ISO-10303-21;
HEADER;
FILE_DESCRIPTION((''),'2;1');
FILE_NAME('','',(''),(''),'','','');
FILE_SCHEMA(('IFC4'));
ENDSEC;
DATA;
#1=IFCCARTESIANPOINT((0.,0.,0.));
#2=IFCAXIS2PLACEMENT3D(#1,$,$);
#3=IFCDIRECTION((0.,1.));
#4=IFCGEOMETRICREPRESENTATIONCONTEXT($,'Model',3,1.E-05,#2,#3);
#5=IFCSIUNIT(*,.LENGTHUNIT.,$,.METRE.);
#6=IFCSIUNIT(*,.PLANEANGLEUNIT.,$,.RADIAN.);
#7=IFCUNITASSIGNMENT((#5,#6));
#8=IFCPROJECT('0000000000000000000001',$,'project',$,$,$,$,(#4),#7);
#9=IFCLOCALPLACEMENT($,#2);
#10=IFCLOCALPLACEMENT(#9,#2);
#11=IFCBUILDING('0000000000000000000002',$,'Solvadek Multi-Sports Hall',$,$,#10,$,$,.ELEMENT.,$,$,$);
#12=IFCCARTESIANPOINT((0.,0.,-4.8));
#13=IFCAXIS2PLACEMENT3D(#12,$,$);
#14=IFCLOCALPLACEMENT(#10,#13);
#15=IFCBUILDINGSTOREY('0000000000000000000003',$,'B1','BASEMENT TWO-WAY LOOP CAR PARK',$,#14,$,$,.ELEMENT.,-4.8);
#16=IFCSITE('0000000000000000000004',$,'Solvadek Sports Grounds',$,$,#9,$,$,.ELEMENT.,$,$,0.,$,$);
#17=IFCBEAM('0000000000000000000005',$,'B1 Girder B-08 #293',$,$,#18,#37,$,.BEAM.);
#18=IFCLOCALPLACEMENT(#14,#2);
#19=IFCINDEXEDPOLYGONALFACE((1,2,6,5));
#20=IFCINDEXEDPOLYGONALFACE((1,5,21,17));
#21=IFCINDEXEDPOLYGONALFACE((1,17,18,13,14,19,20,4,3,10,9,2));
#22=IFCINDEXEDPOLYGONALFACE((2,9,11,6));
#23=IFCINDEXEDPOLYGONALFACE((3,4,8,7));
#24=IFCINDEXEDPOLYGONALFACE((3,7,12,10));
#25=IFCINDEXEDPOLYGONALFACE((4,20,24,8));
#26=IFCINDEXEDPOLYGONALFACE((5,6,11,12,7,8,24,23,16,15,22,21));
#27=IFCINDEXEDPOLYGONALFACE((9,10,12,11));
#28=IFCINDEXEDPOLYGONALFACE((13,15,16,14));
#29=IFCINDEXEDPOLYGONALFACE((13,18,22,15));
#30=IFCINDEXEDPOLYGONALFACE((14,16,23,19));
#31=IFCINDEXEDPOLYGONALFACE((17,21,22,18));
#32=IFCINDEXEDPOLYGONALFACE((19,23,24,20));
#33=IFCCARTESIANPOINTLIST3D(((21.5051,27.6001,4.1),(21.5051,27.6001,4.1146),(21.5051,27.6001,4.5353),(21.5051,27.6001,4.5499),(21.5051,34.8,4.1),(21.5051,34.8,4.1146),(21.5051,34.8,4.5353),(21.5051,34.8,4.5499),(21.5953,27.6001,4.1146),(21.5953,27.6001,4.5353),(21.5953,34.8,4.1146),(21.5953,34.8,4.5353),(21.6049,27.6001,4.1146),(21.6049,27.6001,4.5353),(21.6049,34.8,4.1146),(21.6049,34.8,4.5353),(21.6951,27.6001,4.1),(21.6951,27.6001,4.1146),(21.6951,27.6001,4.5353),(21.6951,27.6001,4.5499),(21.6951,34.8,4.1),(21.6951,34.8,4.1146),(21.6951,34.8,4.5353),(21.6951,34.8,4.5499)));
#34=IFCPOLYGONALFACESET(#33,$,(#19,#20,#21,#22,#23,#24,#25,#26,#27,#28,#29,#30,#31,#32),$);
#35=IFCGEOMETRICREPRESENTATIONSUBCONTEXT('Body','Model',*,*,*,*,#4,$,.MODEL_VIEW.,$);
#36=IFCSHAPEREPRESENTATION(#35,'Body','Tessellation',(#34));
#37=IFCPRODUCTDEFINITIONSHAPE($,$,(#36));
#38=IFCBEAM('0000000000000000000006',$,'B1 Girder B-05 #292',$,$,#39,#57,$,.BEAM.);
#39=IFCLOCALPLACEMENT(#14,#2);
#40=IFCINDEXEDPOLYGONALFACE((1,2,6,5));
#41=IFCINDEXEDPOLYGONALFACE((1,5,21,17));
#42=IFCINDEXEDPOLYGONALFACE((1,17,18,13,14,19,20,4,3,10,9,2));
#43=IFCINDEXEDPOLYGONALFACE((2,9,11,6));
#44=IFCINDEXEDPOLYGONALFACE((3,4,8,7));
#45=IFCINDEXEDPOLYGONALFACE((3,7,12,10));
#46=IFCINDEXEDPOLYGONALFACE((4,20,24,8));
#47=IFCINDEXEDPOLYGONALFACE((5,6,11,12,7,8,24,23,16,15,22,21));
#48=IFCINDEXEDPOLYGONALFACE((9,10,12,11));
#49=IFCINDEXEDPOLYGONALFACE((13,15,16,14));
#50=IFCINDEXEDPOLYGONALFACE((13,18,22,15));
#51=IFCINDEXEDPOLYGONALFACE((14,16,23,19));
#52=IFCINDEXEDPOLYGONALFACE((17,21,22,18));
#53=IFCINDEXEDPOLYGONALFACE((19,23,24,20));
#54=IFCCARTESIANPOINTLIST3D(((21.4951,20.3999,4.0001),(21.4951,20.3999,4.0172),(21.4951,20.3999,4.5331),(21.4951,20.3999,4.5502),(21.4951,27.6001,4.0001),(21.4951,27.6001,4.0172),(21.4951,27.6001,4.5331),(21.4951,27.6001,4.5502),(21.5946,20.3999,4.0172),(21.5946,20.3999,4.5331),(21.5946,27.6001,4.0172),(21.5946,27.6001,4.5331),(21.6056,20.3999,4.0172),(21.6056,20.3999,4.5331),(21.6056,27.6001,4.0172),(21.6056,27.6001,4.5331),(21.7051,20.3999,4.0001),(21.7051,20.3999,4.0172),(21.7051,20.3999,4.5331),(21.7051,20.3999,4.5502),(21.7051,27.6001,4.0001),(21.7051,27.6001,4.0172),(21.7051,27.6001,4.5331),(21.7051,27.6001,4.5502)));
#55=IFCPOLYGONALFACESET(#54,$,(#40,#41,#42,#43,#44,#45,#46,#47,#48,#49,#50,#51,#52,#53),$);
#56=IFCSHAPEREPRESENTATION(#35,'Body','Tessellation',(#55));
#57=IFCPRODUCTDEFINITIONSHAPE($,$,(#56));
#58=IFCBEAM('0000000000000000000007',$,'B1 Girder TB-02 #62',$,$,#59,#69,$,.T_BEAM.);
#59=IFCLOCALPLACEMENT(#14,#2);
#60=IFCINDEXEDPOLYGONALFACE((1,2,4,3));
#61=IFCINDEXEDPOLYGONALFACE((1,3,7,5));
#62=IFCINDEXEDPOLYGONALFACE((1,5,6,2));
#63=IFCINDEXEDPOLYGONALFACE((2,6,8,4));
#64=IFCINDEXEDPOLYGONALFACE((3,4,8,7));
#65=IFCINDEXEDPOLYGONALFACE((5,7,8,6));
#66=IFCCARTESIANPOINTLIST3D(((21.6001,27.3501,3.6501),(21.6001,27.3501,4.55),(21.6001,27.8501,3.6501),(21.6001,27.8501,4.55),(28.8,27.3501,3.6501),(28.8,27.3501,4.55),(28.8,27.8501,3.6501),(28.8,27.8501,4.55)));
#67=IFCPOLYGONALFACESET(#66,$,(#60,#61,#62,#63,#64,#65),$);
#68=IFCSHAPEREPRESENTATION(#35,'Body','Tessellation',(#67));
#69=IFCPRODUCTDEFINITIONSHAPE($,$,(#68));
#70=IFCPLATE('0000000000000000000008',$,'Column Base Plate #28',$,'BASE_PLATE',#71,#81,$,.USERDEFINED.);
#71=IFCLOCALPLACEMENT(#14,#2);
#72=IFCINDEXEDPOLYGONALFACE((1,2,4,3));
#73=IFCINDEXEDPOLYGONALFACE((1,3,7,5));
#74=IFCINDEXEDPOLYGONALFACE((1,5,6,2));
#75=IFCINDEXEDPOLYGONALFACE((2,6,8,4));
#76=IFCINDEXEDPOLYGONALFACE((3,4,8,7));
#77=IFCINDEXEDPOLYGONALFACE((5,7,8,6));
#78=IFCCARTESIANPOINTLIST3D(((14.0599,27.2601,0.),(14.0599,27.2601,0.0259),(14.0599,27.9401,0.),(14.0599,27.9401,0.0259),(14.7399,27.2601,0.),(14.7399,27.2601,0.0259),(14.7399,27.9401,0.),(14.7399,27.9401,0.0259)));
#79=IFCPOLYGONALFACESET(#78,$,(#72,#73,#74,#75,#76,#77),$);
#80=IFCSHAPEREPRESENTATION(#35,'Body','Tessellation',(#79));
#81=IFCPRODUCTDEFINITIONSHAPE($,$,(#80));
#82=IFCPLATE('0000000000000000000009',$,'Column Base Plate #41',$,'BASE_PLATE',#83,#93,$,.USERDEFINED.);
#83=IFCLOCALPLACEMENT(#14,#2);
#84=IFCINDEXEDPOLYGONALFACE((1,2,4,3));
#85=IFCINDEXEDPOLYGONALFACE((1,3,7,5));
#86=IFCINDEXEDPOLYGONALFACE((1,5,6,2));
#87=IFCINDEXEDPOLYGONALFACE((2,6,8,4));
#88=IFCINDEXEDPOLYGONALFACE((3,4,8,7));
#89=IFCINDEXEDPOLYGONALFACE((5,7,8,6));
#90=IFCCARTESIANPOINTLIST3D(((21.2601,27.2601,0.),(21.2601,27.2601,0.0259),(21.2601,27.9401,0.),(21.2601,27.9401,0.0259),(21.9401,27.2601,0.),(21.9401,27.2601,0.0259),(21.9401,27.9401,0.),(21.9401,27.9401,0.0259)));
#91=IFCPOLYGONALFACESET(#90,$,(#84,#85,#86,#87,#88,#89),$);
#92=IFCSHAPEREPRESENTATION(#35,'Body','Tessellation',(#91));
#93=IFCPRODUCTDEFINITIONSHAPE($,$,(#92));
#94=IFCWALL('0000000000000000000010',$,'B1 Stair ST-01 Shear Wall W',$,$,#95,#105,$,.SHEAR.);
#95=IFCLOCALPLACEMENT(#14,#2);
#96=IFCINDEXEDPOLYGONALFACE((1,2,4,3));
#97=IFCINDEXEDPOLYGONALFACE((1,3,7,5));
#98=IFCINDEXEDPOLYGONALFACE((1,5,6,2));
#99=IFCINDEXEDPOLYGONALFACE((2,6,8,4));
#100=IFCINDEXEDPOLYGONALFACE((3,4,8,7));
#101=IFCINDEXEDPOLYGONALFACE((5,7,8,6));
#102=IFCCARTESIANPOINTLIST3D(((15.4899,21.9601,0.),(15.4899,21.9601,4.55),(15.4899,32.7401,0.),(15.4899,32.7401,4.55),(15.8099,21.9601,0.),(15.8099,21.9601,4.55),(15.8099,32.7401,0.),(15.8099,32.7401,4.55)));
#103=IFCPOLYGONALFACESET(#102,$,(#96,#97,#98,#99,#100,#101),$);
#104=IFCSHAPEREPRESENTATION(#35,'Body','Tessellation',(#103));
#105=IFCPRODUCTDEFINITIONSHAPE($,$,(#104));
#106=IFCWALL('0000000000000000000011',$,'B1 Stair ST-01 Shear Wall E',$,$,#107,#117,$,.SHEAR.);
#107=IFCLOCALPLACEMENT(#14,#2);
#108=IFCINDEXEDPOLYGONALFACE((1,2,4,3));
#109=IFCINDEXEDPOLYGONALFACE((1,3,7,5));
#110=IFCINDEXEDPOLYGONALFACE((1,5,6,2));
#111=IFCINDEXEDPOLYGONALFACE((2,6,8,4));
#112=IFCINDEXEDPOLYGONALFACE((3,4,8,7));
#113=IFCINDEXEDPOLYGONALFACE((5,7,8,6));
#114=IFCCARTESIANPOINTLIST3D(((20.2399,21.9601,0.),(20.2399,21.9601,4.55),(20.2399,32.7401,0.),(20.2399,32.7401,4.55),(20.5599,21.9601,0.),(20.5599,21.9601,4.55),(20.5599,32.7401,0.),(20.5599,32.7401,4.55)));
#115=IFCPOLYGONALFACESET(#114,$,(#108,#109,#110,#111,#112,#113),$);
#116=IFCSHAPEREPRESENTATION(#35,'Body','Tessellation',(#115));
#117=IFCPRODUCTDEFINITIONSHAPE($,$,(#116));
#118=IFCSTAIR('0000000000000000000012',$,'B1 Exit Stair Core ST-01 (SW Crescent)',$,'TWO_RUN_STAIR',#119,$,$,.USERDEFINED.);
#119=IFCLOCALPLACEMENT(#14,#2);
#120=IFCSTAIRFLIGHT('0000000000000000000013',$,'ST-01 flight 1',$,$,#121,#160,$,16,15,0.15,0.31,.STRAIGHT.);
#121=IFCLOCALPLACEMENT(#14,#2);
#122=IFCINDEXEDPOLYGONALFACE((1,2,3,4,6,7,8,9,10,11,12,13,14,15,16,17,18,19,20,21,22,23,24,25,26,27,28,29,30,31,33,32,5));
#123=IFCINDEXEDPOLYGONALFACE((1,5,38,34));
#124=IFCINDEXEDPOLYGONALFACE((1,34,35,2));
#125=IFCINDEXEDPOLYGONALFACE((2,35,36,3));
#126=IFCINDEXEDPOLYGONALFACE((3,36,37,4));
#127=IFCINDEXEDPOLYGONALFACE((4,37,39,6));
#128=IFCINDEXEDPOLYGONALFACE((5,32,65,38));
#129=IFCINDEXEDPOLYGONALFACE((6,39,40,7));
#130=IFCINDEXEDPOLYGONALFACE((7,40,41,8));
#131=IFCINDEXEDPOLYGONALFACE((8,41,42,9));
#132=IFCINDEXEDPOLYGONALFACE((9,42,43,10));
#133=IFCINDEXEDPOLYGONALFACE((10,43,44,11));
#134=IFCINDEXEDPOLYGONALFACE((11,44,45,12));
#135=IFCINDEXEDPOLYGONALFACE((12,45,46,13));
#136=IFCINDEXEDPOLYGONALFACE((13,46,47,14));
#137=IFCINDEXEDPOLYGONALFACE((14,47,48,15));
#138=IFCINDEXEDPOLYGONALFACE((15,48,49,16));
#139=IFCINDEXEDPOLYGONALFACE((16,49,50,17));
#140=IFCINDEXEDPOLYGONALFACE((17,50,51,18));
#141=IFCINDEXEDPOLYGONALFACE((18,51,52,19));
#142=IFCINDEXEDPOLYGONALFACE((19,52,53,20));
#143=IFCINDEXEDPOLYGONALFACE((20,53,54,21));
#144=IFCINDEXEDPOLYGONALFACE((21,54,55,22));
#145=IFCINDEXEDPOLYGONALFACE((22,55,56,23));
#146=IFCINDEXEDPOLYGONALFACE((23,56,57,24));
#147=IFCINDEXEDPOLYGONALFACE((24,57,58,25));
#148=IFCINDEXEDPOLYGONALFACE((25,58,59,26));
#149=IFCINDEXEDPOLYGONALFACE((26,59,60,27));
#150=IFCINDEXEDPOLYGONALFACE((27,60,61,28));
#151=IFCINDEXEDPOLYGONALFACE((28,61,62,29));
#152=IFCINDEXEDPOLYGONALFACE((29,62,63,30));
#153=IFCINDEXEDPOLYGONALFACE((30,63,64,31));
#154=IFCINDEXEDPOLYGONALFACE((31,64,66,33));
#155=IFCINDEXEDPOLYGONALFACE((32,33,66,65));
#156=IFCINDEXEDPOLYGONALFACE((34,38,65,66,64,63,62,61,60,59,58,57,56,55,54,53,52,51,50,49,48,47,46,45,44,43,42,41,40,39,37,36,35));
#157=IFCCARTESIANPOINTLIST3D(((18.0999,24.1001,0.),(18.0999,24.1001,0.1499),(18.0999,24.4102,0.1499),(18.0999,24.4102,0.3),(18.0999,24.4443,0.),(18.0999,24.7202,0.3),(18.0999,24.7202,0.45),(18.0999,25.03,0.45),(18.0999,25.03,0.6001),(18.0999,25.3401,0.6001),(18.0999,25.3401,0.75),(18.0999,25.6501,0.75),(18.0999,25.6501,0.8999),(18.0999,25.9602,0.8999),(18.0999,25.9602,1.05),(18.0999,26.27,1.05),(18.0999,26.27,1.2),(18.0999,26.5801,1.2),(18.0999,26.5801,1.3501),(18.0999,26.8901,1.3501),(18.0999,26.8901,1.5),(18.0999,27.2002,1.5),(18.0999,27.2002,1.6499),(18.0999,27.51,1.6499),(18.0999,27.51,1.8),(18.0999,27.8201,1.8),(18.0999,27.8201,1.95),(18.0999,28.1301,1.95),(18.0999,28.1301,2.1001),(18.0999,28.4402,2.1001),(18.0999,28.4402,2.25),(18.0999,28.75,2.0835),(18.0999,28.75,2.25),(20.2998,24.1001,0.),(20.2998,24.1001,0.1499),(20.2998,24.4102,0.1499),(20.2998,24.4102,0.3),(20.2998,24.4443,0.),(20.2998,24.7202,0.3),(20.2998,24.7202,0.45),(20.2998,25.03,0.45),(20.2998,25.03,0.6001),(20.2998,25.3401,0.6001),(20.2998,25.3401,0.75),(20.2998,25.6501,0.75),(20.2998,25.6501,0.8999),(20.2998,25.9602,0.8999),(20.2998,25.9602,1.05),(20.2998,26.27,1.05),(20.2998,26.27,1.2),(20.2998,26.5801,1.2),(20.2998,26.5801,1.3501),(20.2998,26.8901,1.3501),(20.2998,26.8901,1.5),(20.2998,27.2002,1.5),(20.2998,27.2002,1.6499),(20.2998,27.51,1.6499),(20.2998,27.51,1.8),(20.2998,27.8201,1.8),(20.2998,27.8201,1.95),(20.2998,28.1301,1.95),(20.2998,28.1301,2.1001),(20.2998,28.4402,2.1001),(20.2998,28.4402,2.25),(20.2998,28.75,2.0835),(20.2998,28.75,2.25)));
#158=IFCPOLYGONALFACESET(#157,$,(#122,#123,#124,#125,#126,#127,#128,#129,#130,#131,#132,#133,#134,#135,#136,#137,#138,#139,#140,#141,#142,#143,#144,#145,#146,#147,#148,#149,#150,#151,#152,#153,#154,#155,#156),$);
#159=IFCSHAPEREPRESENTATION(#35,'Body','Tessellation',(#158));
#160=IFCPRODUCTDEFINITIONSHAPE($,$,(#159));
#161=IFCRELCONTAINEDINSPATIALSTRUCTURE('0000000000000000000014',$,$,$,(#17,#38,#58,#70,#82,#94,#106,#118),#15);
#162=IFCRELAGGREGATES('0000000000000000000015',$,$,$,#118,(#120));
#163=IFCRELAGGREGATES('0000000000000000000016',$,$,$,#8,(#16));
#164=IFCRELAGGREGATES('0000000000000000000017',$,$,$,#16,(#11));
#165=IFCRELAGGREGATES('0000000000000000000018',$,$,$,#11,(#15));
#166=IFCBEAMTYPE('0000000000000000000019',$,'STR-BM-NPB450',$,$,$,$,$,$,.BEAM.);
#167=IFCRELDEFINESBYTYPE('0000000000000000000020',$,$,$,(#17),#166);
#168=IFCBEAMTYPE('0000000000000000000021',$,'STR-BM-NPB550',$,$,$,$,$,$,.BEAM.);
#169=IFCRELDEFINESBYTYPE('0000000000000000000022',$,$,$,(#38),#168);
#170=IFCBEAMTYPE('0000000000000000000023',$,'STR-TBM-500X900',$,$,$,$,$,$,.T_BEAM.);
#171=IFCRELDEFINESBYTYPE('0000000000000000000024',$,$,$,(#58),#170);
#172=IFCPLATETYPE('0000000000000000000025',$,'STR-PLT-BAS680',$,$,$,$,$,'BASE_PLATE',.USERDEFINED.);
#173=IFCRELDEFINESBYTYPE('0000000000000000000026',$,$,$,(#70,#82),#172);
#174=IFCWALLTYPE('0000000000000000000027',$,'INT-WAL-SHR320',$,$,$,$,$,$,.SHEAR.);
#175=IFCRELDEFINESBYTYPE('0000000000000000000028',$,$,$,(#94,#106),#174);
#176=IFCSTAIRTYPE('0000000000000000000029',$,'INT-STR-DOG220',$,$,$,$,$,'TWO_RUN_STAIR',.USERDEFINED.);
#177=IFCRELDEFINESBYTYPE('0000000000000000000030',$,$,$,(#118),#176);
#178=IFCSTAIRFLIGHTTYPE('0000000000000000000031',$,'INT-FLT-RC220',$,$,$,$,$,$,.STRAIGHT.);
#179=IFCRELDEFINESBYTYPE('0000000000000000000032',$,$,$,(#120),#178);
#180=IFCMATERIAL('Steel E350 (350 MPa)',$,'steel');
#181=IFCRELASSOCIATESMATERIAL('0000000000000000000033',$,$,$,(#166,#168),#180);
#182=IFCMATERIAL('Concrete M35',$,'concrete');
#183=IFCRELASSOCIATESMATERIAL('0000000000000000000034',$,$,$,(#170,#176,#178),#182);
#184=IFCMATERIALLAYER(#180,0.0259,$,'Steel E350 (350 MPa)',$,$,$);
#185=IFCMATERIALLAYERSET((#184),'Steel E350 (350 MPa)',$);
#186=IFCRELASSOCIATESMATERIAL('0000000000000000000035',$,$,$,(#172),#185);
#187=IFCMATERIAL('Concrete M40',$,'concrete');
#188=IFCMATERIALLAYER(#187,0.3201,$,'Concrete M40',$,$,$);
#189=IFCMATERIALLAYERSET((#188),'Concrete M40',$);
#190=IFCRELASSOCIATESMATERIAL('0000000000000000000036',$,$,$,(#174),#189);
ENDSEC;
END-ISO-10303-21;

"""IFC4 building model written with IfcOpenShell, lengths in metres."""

from ifc_helpers import new_model, si_unit, direction, frame, frame_2d, origin, origin_2d, place, context, subcontext, project, spatial, polyline, rectangle, i_section, outline, extrude, material, layer, layer_set, material_profile, profile_set, type_object, element, aggregate, save


model = new_model("IFC4")

# Units and contexts
model_context = context("Model", 3, precision=1e-05, world=origin(), true_north=direction((0.0, 1.0)))
body_context = subcontext(model_context, "Body", "Model", "MODEL_VIEW")
ifc_project = project(units=[si_unit("LENGTHUNIT", "METRE"), si_unit("PLANEANGLEUNIT", "RADIAN")], contexts=[model_context])

# Site, building, storey
site_placement = place(None, origin())
site = spatial("IfcSite", under=ifc_project, at=site_placement, Name="Solvadek Sports Grounds", CompositionType="ELEMENT", RefElevation=0.0)
building_placement = place(site_placement, origin())
building = spatial("IfcBuilding", under=site, at=building_placement, Name="Solvadek Multi-Sports Hall", CompositionType="ELEMENT")
storey_placement = place(building_placement, frame((0.0, 0.0, -4.8)))
storey = spatial("IfcBuildingStorey", under=building, at=storey_placement, Name="B1", Description="BASEMENT TWO-WAY LOOP CAR PARK", CompositionType="ELEMENT", Elevation=-4.8)

# Shared definitions
ifc_material_1 = material(Name="Concrete M40", Category="concrete")

# Shared definitions
ifc_material_2 = material(Name="Concrete M35", Category="concrete")

# Shared definitions
ifc_material_3 = material(Name="Steel E350 (350 MPa)", Category="steel")

# Beams
ifc_material_profile_1 = material_profile(ifc_material_3, i_section(OverallWidth=0.1899, OverallDepth=0.45, WebThickness=0.0095, FlangeThickness=0.0146, at=origin_2d()), Name="NPB 450")
ifc_profile_set_1 = profile_set([ifc_material_profile_1], Name="Steel E350 (350 MPa)")
beam_type_1 = type_object("IfcBeamType", Name="STR-BM-NPB450", PredefinedType="BEAM", material=ifc_profile_set_1)
for number, where, z_axis, x_axis, name in (
    (1, (21.6001, 27.6001, 4.325), (0.0, 1.0, 0.0), (-1.0, 0.0, 0.0), "B1 Girder B-08 #293"),
):
    element("IfcBeam", number, at=place(storey_placement, frame(where, z_axis=z_axis, x_axis=x_axis)), inside=storey, type_object=beam_type_1, Name=name, PredefinedType="BEAM", context=body_context, shape_type="SweptSolid", body=[
        extrude(i_section(OverallWidth=0.1899, OverallDepth=0.45, WebThickness=0.0095, FlangeThickness=0.0146, at=origin_2d()), origin(), (0.0, 0.0, 1.0), 7.2),
    ])
ifc_material_profile_2 = material_profile(ifc_material_3, i_section(OverallWidth=0.21, OverallDepth=0.55, WebThickness=0.011, FlangeThickness=0.0171, at=origin_2d()), Name="NPB 550")
ifc_profile_set_2 = profile_set([ifc_material_profile_2], Name="Steel E350 (350 MPa)")
beam_type_2 = type_object("IfcBeamType", Name="STR-BM-NPB550", PredefinedType="BEAM", material=ifc_profile_set_2)
beam_1_placement = place(storey_placement, frame((21.6001, 20.3999, 4.2751), z_axis=(0.0, 1.0, 0.0), x_axis=(-1.0, 0.0, 0.0)))
element("IfcBeam", 2, at=beam_1_placement, inside=storey, type_object=beam_type_2, Name="B1 Girder B-05 #292", PredefinedType="BEAM", context=body_context, shape_type="SweptSolid", body=[
    extrude(i_section(OverallWidth=0.21, OverallDepth=0.55, WebThickness=0.011, FlangeThickness=0.0171, at=origin_2d()), origin(), (0.0, 0.0, 1.0), 7.2002),
])
ifc_material_profile_3 = material_profile(ifc_material_2, rectangle(XDim=0.5, YDim=0.8999, at=origin_2d()), Name="RC T-BEAM 500x900")
ifc_profile_set_3 = profile_set([ifc_material_profile_3], Name="Concrete M35")
beam_type_3 = type_object("IfcBeamType", Name="STR-TBM-500X900", PredefinedType="T_BEAM", material=ifc_profile_set_3)
beam_2_placement = place(storey_placement, frame((21.6001, 27.6001, 4.1001), z_axis=(1.0, 0.0, 0.0), x_axis=(0.0, 1.0, 0.0)))
element("IfcBeam", 3, at=beam_2_placement, inside=storey, type_object=beam_type_3, Name="B1 Girder TB-02 #62", PredefinedType="T_BEAM", context=body_context, shape_type="SweptSolid", body=[
    extrude(rectangle(XDim=0.5, YDim=0.8999, at=origin_2d()), origin(), (0.0, 0.0, 1.0), 7.2),
])

# Plates
ifc_layer_1 = layer(ifc_material_3, 0.0259, Name="Steel E350 (350 MPa)")
ifc_layer_set_1 = layer_set([ifc_layer_1], Name="Steel E350 (350 MPa)")
plate_type = type_object("IfcPlateType", Name="STR-PLT-BAS680", ElementType="BASE_PLATE", PredefinedType="USERDEFINED", material=ifc_layer_set_1)
for number, where, z_axis, x_axis, name in (
    (4, (14.3999, 27.6001, 0.0), (0.0, 0.0, 1.0), (1.0, 0.0, 0.0), "Column Base Plate #28"),
    (5, (21.6001, 27.6001, 0.0), (0.0, 0.0, 1.0), (1.0, 0.0, 0.0), "Column Base Plate #41"),
):
    element("IfcPlate", number, at=place(storey_placement, frame(where, z_axis=z_axis, x_axis=x_axis)), inside=storey, type_object=plate_type, Name=name, ObjectType="BASE_PLATE", PredefinedType="USERDEFINED", context=body_context, shape_type="SweptSolid", body=[
        extrude(rectangle(XDim=0.6799, YDim=0.6799, at=origin_2d()), origin(), (0.0, 0.0, 1.0), 0.0259),
    ])

# Shared definitions
ifc_layer_2 = layer(ifc_material_1, 0.3201, Name="Concrete M40")
ifc_layer_set_2 = layer_set([ifc_layer_2], Name="Concrete M40")
wall_type = type_object("IfcWallType", Name="INT-WAL-SHR320", PredefinedType="SHEAR", material=ifc_layer_set_2)

# Walls
for number, where, z_axis, x_axis, name in (
    (6, (15.6499, 21.96, 0.0), (0.0, 0.0, 1.0), (0.0, 1.0, 0.0), "B1 Stair ST-01 Shear Wall W"),
    (7, (20.3999, 21.96, 0.0), (0.0, 0.0, 1.0), (0.0, 1.0, 0.0), "B1 Stair ST-01 Shear Wall E"),
):
    element("IfcWall", number, at=place(storey_placement, frame(where, z_axis=z_axis, x_axis=x_axis)), inside=storey, type_object=wall_type, Name=name, PredefinedType="SHEAR", context=body_context, shape_type="SweptSolid", body=[
        extrude(rectangle(XDim=10.78, YDim=0.3201, at=frame_2d((5.3901, 0.0))), origin(), (0.0, 0.0, 1.0), 4.55),
    ])

# Stair, stair flight
stair_type = type_object("IfcStairType", Name="INT-STR-DOG220", ElementType="TWO_RUN_STAIR", PredefinedType="USERDEFINED", material=ifc_material_2)
stair_placement = place(storey_placement, origin())
stair = element("IfcStair", 8, at=stair_placement, inside=storey, type_object=stair_type, Name="B1 Exit Stair Core ST-01 (SW Crescent)", ObjectType="TWO_RUN_STAIR", PredefinedType="USERDEFINED")
stair_flight_type = type_object("IfcStairFlightType", Name="INT-FLT-RC220", PredefinedType="STRAIGHT", material=ifc_material_2)
stair_flight_placement = place(storey_placement, frame((19.2, 24.1001, 0.0), z_axis=(0.0, 0.0, 1.0), x_axis=(0.0, 1.0, 0.0)))
stair_flight = element("IfcStairFlight", 9, at=stair_flight_placement, type_object=stair_flight_type, Name="ST-01 flight 1", NumberOfRisers=16, NumberOfTreads=15, PredefinedType="STRAIGHT", RiserHeight=0.15, TreadLength=0.31, context=body_context, shape_type="SweptSolid", body=[
    extrude(outline(polyline([(0.0, 0.0), (0.0, 0.1499), (0.3101, 0.1499), (0.3101, 0.3), (0.6201, 0.3), (0.6201, 0.45), (0.9299, 0.45), (0.9299, 0.6001), (1.24, 0.6001), (1.24, 0.75), (1.55, 0.75), (1.55, 0.8999), (1.8601, 0.8999), (1.8601, 1.05), (2.1699, 1.05), (2.1699, 1.2), (2.48, 1.2), (2.48, 1.3501), (2.79, 1.3501), (2.79, 1.5), (3.1001, 1.5), (3.1001, 1.6499), (3.4099, 1.6499), (3.4099, 1.8), (3.72, 1.8), (3.72, 1.95), (4.03, 1.95), (4.03, 2.1001), (4.3401, 2.1001), (4.3401, 2.25), (4.6499, 2.25), (4.6499, 2.3999), (4.6499, 2.0835), (0.3442, 0.0), (0.0, 0.0)])), frame((0.0, 1.1001, 0.0), z_axis=(0.0, -1.0, 0.0), x_axis=(1.0, 0.0, 0.0)), (0.0, 0.0, 1.0), 2.2),
])
aggregate(stair, [stair_flight])

save(model, "model.ifc")
